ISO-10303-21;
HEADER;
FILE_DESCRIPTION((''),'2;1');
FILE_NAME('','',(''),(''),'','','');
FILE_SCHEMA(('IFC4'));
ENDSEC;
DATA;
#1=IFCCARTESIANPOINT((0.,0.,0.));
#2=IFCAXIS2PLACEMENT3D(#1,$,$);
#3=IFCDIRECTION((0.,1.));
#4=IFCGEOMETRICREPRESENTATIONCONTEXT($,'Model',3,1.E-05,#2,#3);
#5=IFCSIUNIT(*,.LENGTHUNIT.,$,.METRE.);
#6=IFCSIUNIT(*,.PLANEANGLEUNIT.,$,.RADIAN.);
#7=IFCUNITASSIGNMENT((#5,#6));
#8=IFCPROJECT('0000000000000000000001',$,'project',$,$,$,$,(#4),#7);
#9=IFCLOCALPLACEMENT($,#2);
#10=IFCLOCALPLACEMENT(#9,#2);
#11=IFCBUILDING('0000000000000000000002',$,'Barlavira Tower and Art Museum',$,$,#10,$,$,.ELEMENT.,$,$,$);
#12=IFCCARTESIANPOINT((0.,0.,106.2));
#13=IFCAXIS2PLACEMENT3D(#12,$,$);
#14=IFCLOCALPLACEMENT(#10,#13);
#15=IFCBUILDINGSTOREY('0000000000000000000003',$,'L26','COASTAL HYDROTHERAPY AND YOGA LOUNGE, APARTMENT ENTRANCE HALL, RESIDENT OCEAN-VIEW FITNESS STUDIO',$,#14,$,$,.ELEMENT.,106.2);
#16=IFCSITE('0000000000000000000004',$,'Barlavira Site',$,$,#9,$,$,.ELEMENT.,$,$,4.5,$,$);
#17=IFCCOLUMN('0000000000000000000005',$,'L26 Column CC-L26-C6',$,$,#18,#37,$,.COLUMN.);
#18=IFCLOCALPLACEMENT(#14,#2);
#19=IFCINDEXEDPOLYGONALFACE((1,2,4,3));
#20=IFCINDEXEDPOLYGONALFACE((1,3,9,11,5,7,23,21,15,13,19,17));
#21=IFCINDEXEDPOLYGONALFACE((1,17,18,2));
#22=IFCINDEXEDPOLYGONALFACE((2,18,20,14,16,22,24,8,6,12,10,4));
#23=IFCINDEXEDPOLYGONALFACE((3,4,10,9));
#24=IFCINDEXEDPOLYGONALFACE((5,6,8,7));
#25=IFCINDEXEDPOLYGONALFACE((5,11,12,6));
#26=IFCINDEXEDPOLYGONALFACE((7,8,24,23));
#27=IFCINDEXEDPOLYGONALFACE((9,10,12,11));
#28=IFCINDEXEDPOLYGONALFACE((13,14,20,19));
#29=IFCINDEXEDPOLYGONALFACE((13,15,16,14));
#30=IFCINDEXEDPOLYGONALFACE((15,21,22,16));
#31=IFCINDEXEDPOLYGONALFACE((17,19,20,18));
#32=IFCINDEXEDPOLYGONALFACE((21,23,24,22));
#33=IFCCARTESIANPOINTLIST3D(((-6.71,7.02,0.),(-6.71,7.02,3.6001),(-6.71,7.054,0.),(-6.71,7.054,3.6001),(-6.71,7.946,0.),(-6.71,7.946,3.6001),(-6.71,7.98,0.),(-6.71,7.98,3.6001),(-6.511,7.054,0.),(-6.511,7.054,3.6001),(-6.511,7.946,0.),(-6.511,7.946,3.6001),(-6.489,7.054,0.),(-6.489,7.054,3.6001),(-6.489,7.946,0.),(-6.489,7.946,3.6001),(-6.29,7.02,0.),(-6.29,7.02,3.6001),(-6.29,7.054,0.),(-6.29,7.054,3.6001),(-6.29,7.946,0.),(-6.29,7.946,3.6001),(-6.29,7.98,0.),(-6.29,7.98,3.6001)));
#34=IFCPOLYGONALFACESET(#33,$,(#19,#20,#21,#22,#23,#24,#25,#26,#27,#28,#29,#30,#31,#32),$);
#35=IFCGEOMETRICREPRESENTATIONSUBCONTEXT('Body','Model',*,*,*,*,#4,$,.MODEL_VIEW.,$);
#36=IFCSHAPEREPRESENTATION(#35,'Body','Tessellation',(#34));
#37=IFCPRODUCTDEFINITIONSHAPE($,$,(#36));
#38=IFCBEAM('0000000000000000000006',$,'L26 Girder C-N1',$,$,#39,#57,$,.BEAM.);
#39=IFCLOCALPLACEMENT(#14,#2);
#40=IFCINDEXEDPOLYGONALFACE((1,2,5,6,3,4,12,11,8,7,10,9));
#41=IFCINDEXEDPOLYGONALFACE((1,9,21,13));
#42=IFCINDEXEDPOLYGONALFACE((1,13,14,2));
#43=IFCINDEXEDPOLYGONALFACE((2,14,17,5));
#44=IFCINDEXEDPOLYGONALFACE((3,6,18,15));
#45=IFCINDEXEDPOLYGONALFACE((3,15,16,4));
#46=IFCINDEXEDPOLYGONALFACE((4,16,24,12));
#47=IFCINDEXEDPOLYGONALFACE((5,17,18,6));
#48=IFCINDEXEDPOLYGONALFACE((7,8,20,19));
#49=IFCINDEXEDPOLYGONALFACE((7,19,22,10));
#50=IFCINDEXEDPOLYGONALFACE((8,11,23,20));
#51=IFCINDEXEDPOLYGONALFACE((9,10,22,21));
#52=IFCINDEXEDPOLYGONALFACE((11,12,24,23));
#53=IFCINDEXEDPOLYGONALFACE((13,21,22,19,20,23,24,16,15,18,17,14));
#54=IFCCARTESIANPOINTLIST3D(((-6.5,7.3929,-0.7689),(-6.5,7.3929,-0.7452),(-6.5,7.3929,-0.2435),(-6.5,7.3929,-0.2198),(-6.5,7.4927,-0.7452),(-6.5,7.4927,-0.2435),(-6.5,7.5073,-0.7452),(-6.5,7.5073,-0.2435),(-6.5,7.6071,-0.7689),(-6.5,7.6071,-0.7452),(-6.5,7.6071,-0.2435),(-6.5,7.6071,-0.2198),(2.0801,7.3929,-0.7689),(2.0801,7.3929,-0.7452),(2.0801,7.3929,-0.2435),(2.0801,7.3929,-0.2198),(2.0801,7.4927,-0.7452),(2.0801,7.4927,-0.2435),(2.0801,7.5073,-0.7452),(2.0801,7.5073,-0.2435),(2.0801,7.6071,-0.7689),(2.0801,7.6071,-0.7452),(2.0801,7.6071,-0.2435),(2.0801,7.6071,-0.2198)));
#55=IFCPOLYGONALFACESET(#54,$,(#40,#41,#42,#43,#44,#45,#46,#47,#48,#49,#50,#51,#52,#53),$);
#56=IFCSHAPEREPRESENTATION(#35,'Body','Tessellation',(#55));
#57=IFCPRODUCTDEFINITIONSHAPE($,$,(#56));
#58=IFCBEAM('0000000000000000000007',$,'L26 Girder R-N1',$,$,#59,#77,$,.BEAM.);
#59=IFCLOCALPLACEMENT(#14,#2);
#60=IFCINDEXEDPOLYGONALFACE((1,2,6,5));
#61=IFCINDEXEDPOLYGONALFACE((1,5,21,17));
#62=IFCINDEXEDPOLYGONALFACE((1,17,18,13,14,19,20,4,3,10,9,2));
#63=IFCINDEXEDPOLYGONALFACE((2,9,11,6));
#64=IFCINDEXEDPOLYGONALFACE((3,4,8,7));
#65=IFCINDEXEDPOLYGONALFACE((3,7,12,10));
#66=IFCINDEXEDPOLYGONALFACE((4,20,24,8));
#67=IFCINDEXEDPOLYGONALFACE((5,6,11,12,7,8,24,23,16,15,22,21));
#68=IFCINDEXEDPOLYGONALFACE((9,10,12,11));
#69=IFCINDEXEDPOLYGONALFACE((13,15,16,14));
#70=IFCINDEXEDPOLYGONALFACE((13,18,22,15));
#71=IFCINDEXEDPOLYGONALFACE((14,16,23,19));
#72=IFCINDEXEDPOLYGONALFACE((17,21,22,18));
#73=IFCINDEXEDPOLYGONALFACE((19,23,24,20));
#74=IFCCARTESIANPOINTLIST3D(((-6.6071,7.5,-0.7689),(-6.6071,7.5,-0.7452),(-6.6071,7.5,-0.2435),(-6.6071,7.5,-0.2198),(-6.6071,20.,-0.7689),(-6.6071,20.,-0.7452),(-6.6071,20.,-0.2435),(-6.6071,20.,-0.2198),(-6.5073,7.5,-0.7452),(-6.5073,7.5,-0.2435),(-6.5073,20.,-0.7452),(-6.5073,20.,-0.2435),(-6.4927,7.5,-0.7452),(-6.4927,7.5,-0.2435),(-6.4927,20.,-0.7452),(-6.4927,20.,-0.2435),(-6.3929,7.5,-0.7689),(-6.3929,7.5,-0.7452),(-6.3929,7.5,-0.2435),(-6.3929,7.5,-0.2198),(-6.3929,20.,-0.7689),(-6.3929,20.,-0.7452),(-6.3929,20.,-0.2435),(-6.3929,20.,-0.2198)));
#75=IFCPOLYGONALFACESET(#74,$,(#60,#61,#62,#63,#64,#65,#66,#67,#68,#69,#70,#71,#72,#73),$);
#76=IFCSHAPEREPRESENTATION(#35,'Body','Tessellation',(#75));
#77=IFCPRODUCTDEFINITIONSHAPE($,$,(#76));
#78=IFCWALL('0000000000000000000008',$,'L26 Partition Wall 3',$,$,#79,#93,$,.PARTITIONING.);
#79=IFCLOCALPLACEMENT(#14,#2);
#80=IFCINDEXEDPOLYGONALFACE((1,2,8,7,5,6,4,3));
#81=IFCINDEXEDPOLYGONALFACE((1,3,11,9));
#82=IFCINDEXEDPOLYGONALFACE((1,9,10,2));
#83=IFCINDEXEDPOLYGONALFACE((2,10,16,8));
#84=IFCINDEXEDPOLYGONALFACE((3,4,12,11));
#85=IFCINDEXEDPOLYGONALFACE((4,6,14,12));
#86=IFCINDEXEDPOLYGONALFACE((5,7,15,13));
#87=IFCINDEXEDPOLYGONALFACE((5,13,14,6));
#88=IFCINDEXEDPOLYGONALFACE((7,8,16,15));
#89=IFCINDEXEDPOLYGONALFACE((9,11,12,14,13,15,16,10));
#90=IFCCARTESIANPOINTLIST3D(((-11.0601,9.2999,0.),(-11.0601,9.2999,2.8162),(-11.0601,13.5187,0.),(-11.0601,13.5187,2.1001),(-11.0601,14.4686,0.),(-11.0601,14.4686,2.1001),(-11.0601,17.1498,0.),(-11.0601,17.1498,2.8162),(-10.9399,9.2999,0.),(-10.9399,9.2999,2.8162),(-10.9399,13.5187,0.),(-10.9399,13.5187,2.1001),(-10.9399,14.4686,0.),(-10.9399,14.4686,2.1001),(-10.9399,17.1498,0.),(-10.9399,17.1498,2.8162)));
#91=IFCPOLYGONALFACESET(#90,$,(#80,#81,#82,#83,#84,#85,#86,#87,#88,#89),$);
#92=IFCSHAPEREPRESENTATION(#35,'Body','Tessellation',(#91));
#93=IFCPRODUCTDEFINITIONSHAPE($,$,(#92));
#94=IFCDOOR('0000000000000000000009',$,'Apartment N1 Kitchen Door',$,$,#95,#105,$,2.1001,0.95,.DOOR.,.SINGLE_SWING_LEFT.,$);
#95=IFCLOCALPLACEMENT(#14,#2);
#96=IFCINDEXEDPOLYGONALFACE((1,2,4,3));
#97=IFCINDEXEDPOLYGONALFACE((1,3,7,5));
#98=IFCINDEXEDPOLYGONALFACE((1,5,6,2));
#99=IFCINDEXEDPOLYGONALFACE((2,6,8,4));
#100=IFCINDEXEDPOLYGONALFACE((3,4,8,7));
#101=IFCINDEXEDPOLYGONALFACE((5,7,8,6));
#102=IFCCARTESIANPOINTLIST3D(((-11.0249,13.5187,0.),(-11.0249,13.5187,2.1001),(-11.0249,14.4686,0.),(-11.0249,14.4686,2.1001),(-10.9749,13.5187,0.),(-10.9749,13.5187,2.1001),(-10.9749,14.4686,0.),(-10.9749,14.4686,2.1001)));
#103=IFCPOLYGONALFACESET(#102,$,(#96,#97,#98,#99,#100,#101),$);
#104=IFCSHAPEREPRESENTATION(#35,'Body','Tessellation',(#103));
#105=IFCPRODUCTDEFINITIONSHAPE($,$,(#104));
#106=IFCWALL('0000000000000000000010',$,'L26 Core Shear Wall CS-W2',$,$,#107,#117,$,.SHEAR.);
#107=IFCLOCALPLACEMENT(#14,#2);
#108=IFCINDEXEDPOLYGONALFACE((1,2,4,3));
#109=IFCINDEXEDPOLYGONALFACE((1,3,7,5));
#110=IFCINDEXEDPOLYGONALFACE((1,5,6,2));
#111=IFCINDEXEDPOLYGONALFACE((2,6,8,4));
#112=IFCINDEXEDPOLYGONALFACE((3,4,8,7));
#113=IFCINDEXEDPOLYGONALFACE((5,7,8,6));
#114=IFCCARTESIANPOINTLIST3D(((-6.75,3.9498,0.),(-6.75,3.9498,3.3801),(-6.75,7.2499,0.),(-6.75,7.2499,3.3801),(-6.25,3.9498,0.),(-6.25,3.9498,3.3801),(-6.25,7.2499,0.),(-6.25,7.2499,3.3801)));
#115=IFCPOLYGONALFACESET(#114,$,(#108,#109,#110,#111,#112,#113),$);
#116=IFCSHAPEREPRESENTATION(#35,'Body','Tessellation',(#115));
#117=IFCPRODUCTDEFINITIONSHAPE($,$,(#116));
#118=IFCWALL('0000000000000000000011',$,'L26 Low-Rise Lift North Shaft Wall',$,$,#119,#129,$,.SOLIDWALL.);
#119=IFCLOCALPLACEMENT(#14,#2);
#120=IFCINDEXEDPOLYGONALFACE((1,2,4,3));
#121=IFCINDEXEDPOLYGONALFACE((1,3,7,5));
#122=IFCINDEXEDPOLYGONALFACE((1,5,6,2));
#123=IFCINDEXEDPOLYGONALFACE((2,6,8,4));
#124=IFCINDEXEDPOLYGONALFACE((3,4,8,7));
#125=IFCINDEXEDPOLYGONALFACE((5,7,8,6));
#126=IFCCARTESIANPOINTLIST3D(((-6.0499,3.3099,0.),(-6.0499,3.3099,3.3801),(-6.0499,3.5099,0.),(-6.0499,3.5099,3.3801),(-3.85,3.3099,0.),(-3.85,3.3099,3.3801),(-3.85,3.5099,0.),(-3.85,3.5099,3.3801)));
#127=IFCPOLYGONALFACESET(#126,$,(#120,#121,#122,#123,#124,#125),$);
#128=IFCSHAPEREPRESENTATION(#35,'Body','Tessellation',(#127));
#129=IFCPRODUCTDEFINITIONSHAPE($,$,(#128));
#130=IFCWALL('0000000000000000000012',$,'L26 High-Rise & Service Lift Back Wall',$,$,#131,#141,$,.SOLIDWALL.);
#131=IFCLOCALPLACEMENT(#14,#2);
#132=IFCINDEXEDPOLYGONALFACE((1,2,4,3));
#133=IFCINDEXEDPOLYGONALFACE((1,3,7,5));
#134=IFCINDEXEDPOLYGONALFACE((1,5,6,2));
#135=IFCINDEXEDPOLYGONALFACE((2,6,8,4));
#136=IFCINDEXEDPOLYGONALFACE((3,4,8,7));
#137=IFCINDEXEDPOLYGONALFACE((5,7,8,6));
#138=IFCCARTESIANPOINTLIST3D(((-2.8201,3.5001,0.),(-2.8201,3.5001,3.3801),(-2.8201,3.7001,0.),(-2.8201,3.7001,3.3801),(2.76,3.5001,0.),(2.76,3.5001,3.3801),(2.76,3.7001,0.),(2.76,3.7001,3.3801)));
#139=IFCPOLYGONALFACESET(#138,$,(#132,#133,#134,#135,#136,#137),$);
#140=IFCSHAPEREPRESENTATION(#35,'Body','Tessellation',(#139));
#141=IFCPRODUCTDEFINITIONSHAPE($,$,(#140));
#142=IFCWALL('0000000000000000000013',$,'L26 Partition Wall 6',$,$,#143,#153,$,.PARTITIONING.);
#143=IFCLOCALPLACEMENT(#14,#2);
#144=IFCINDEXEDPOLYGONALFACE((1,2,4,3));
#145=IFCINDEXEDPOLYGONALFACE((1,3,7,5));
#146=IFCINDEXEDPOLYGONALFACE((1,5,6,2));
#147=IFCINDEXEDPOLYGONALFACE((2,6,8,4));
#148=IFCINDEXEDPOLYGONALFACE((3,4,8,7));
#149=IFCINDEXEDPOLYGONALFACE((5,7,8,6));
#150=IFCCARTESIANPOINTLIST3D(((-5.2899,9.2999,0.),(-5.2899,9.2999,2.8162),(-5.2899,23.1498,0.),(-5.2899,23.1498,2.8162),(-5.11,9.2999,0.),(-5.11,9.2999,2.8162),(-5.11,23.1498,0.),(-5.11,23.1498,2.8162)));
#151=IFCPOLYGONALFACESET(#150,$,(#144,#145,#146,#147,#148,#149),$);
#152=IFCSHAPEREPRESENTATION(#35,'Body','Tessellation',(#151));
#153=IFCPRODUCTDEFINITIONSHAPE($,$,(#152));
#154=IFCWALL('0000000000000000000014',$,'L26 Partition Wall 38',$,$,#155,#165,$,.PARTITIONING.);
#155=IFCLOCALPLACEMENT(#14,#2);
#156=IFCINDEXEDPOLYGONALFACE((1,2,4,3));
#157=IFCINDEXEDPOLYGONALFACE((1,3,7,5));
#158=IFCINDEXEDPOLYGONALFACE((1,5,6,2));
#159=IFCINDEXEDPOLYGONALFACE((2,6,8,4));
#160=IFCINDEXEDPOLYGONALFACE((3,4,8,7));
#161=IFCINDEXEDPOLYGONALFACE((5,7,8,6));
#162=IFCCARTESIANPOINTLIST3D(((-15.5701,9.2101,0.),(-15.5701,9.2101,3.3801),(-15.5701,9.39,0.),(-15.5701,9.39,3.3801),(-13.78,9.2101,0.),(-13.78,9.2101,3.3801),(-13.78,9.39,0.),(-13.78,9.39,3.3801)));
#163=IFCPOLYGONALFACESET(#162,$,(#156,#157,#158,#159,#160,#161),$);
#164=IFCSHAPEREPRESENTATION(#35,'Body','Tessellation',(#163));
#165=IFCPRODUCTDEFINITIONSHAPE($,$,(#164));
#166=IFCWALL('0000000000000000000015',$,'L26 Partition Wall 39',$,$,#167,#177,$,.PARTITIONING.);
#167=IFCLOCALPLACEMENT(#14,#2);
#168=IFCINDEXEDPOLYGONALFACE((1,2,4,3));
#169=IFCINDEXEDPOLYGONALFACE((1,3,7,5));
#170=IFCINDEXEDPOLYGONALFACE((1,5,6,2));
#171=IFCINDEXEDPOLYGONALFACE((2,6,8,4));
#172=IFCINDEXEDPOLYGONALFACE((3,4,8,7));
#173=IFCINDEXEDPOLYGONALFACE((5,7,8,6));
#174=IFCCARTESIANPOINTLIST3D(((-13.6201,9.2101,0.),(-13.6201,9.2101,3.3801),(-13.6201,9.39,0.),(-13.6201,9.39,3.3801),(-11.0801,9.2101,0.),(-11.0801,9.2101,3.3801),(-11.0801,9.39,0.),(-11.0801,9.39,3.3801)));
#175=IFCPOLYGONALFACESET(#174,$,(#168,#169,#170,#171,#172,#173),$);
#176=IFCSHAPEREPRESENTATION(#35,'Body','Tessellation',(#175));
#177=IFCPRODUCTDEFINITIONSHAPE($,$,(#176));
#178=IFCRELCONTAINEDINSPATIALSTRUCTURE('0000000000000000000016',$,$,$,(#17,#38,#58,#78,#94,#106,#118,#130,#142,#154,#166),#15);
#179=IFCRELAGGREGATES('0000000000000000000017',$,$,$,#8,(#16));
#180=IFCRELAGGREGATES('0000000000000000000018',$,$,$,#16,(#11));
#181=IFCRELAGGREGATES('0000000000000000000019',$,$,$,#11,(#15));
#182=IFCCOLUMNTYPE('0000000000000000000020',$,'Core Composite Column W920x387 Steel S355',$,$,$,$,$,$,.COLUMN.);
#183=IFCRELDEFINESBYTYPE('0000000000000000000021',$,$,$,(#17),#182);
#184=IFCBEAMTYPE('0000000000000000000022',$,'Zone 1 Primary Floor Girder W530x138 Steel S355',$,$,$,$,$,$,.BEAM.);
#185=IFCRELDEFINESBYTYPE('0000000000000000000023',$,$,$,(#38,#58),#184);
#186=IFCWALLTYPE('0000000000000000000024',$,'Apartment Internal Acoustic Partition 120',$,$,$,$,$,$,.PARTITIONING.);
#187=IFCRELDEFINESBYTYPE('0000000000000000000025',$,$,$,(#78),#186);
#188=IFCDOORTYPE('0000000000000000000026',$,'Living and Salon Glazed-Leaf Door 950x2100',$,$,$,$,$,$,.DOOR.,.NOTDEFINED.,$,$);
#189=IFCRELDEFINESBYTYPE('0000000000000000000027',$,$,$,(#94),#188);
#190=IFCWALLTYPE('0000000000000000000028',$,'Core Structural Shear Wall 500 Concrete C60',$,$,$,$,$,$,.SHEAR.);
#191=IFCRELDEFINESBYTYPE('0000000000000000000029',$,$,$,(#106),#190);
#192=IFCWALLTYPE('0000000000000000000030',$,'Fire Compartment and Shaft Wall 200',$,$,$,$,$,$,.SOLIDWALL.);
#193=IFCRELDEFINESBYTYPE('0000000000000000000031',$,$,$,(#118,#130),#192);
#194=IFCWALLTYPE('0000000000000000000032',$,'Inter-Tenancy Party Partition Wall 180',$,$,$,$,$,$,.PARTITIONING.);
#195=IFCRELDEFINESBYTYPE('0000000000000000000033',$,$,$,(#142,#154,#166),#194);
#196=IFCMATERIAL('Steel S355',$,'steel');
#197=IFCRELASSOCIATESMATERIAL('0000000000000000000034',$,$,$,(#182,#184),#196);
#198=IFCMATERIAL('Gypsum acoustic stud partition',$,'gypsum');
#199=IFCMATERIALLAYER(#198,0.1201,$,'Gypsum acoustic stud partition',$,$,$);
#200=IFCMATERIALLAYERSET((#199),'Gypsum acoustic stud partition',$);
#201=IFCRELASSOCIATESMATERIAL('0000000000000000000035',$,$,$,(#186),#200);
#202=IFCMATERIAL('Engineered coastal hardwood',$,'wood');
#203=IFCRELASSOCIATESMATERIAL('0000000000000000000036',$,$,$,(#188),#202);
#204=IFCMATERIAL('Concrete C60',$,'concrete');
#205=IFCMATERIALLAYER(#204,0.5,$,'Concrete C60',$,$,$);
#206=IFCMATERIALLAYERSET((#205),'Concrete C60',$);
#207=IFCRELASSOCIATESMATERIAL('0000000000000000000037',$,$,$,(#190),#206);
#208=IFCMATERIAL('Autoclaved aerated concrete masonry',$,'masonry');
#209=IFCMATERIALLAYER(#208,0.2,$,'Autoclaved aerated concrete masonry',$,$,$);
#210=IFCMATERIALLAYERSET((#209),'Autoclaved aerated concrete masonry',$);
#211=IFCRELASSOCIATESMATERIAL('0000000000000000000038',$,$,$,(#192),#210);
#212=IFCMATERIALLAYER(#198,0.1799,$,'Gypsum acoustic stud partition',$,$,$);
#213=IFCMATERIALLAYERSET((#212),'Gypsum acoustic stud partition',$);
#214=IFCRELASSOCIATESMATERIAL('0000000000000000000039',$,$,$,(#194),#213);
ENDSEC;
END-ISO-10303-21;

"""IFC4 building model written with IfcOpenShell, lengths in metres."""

from ifc_helpers import new_model, si_unit, direction, frame, frame_2d, origin, origin_2d, place, context, subcontext, project, spatial, rectangle, i_section, extrude, material, layer, layer_set, material_profile, profile_set, type_object, element, fill, save


model = new_model("IFC4")

# Units and contexts
model_context = context("Model", 3, precision=1e-05, world=origin(), true_north=direction((0.0, 1.0)))
body_context = subcontext(model_context, "Body", "Model", "MODEL_VIEW")
ifc_project = project(units=[si_unit("LENGTHUNIT", "METRE"), si_unit("PLANEANGLEUNIT", "RADIAN")], contexts=[model_context])

# Site, building, storey
site_placement = place(None, origin())
site = spatial("IfcSite", under=ifc_project, at=site_placement, Name="Barlavira Site", CompositionType="ELEMENT", RefElevation=4.5)
building_placement = place(site_placement, origin())
building = spatial("IfcBuilding", under=site, at=building_placement, Name="Barlavira Tower and Art Museum", CompositionType="ELEMENT")
storey_placement = place(building_placement, frame((0.0, 0.0, 106.2)))
storey = spatial("IfcBuildingStorey", under=building, at=storey_placement, Name="L26", Description="COASTAL HYDROTHERAPY AND YOGA LOUNGE, APARTMENT ENTRANCE HALL, RESIDENT OCEAN-VIEW FITNESS STUDIO", CompositionType="ELEMENT", Elevation=106.2)

# Column
ifc_material_1 = material(Name="Steel S355", Category="steel")
ifc_material_profile_1 = material_profile(ifc_material_1, i_section(OverallWidth=0.4199, OverallDepth=0.96, WebThickness=0.022, FlangeThickness=0.0339, at=origin_2d()), Name="W920x387.0")
ifc_profile_set_1 = profile_set([ifc_material_profile_1], Name="Steel S355")
column_type = type_object("IfcColumnType", Name="Core Composite Column W920x387 Steel S355", PredefinedType="COLUMN", material=ifc_profile_set_1)
column_placement = place(storey_placement, frame((-6.5, 7.5, 0.0), z_axis=(0.0, 0.0, 1.0), x_axis=(1.0, 0.0, 0.0)))
element("IfcColumn", 1, at=column_placement, inside=storey, type_object=column_type, Name="L26 Column CC-L26-C6", PredefinedType="COLUMN", context=body_context, shape_type="SweptSolid", body=[
    extrude(i_section(OverallWidth=0.4199, OverallDepth=0.96, WebThickness=0.022, FlangeThickness=0.0339, at=origin_2d()), origin(), (0.0, 0.0, 1.0), 3.6001),
])

# Beams
ifc_material_profile_2 = material_profile(ifc_material_1, i_section(OverallWidth=0.2141, OverallDepth=0.5491, WebThickness=0.0146, FlangeThickness=0.0237, at=origin_2d()), Name="W530x138.0")
ifc_profile_set_2 = profile_set([ifc_material_profile_2], Name="Steel S355")
beam_type = type_object("IfcBeamType", Name="Zone 1 Primary Floor Girder W530x138 Steel S355", PredefinedType="BEAM", material=ifc_profile_set_2)
beam_1_placement = place(storey_placement, frame((-6.5, 7.5, -0.4944), z_axis=(1.0, 0.0, 0.0), x_axis=(0.0, 1.0, 0.0)))
element("IfcBeam", 2, at=beam_1_placement, inside=storey, type_object=beam_type, Name="L26 Girder C-N1", PredefinedType="BEAM", context=body_context, shape_type="SweptSolid", body=[
    extrude(i_section(OverallWidth=0.2141, OverallDepth=0.5491, WebThickness=0.0146, FlangeThickness=0.0237, at=origin_2d()), origin(), (0.0, 0.0, 1.0), 8.5801),
])
beam_2_placement = place(storey_placement, frame((-6.5, 7.5, -0.4944), z_axis=(0.0, 1.0, 0.0), x_axis=(-1.0, 0.0, 0.0)))
element("IfcBeam", 3, at=beam_2_placement, inside=storey, type_object=beam_type, Name="L26 Girder R-N1", PredefinedType="BEAM", context=body_context, shape_type="SweptSolid", body=[
    extrude(i_section(OverallWidth=0.2141, OverallDepth=0.5491, WebThickness=0.0146, FlangeThickness=0.0237, at=origin_2d()), origin(), (0.0, 0.0, 1.0), 12.5),
])

# Wall, opening, door
ifc_material_2 = material(Name="Gypsum acoustic stud partition", Category="gypsum")
ifc_layer_1 = layer(ifc_material_2, 0.1201, Name="Gypsum acoustic stud partition")
ifc_layer_set_1 = layer_set([ifc_layer_1], Name="Gypsum acoustic stud partition")
wall_type_1 = type_object("IfcWallType", Name="Apartment Internal Acoustic Partition 120", PredefinedType="PARTITIONING", material=ifc_layer_set_1)
wall_1_placement = place(storey_placement, frame((-11.0, 9.3, 0.0), z_axis=(0.0, 0.0, 1.0), x_axis=(0.0, 1.0, 0.0)))
wall_1 = element("IfcWall", 4, at=wall_1_placement, inside=storey, type_object=wall_type_1, Name="L26 Partition Wall 3", PredefinedType="PARTITIONING", context=body_context, shape_type="SweptSolid", body=[
    extrude(rectangle(XDim=7.8499, YDim=0.1201, at=frame_2d((3.9248, 0.0))), origin(), (0.0, 0.0, 1.0), 2.8162),
])
opening_1_placement = place(wall_1_placement, frame((4.2185, 0.0, 0.0)))
opening_1 = element("IfcOpeningElement", 5, at=opening_1_placement, cuts=wall_1, PredefinedType="OPENING", context=body_context, shape_type="SweptSolid", body=[
    extrude(rectangle(XDim=0.95, YDim=2.1001, at=frame_2d((0.4751, 1.05))), frame((0.0, 0.0701, 0.0), z_axis=(0.0, -1.0, 0.0), x_axis=(1.0, 0.0, 0.0)), (0.0, 0.0, 1.0), 0.1401),
])
ifc_material_3 = material(Name="Engineered coastal hardwood", Category="wood")
door_type_1 = type_object("IfcDoorType", Name="Living and Salon Glazed-Leaf Door 950x2100", OperationType="NOTDEFINED", PredefinedType="DOOR", material=ifc_material_3)
door_1_placement = place(opening_1_placement, origin())
door_1 = element("IfcDoor", 6, at=door_1_placement, inside=storey, type_object=door_type_1, Name="Apartment N1 Kitchen Door", OperationType="SINGLE_SWING_LEFT", OverallHeight=2.1001, OverallWidth=0.95, PredefinedType="DOOR", context=body_context, shape_type="SweptSolid", body=[
    extrude(rectangle(XDim=0.95, YDim=2.1001, at=frame_2d((0.4751, 1.05))), frame((0.0, 0.0249, 0.0), z_axis=(0.0, -1.0, 0.0), x_axis=(1.0, 0.0, 0.0)), (0.0, 0.0, 1.0), 0.05),
])
fill(opening_1, door_1)
ifc_material_4 = material(Name="Concrete C60", Category="concrete")
ifc_layer_2 = layer(ifc_material_4, 0.5, Name="Concrete C60")
ifc_layer_set_2 = layer_set([ifc_layer_2], Name="Concrete C60")
wall_type_2 = type_object("IfcWallType", Name="Core Structural Shear Wall 500 Concrete C60", PredefinedType="SHEAR", material=ifc_layer_set_2)

# Walls
wall_2_placement = place(storey_placement, frame((-6.5, 3.95, 0.0), z_axis=(0.0, 0.0, 1.0), x_axis=(0.0, 1.0, 0.0)))
element("IfcWall", 7, at=wall_2_placement, inside=storey, type_object=wall_type_2, Name="L26 Core Shear Wall CS-W2", PredefinedType="SHEAR", context=body_context, shape_type="SweptSolid", body=[
    extrude(rectangle(XDim=3.3, YDim=0.5, at=frame_2d((1.6499, 0.0))), origin(), (0.0, 0.0, 1.0), 3.3801),
])
ifc_material_5 = material(Name="Autoclaved aerated concrete masonry", Category="masonry")
ifc_layer_3 = layer(ifc_material_5, 0.2, Name="Autoclaved aerated concrete masonry")
ifc_layer_set_3 = layer_set([ifc_layer_3], Name="Autoclaved aerated concrete masonry")
wall_type_3 = type_object("IfcWallType", Name="Fire Compartment and Shaft Wall 200", PredefinedType="SOLIDWALL", material=ifc_layer_set_3)
wall_3_placement = place(storey_placement, frame((-6.05, 3.4099, 0.0), z_axis=(0.0, 0.0, 1.0), x_axis=(1.0, 0.0, 0.0)))
element("IfcWall", 8, at=wall_3_placement, inside=storey, type_object=wall_type_3, Name="L26 Low-Rise Lift North Shaft Wall", PredefinedType="SOLIDWALL", context=body_context, shape_type="SweptSolid", body=[
    extrude(rectangle(XDim=2.2, YDim=0.2, at=frame_2d((1.1001, 0.0))), origin(), (0.0, 0.0, 1.0), 3.3801),
])
wall_4_placement = place(storey_placement, frame((-2.8201, 3.6001, 0.0), z_axis=(0.0, 0.0, 1.0), x_axis=(1.0, 0.0, 0.0)))
element("IfcWall", 9, at=wall_4_placement, inside=storey, type_object=wall_type_3, Name="L26 High-Rise & Service Lift Back Wall", PredefinedType="SOLIDWALL", context=body_context, shape_type="SweptSolid", body=[
    extrude(rectangle(XDim=5.5801, YDim=0.2, at=frame_2d((2.79, 0.0))), origin(), (0.0, 0.0, 1.0), 3.3801),
])
ifc_layer_4 = layer(ifc_material_2, 0.1799, Name="Gypsum acoustic stud partition")
ifc_layer_set_4 = layer_set([ifc_layer_4], Name="Gypsum acoustic stud partition")
wall_type_4 = type_object("IfcWallType", Name="Inter-Tenancy Party Partition Wall 180", PredefinedType="PARTITIONING", material=ifc_layer_set_4)
wall_5_placement = place(storey_placement, frame((-5.2, 9.3, 0.0), z_axis=(0.0, 0.0, 1.0), x_axis=(0.0, 1.0, 0.0)))
element("IfcWall", 10, at=wall_5_placement, inside=storey, type_object=wall_type_4, Name="L26 Partition Wall 6", PredefinedType="PARTITIONING", context=body_context, shape_type="SweptSolid", body=[
    extrude(rectangle(XDim=13.8499, YDim=0.1799, at=frame_2d((6.9248, 0.0))), origin(), (0.0, 0.0, 1.0), 2.8162),
])
wall_6_placement = place(storey_placement, frame((-15.5701, 9.3, 0.0), z_axis=(0.0, 0.0, 1.0), x_axis=(1.0, 0.0, 0.0)))
element("IfcWall", 11, at=wall_6_placement, inside=storey, type_object=wall_type_4, Name="L26 Partition Wall 38", PredefinedType="PARTITIONING", context=body_context, shape_type="SweptSolid", body=[
    extrude(rectangle(XDim=1.79, YDim=0.1799, at=frame_2d((0.895, 0.0))), origin(), (0.0, 0.0, 1.0), 3.3801),
])
wall_7_placement = place(storey_placement, frame((-13.6201, 9.3, 0.0), z_axis=(0.0, 0.0, 1.0), x_axis=(1.0, 0.0, 0.0)))
element("IfcWall", 12, at=wall_7_placement, inside=storey, type_object=wall_type_4, Name="L26 Partition Wall 39", PredefinedType="PARTITIONING", context=body_context, shape_type="SweptSolid", body=[
    extrude(rectangle(XDim=2.54, YDim=0.1799, at=frame_2d((1.27, 0.0))), origin(), (0.0, 0.0, 1.0), 3.3801),
])

save(model, "model.ifc")
